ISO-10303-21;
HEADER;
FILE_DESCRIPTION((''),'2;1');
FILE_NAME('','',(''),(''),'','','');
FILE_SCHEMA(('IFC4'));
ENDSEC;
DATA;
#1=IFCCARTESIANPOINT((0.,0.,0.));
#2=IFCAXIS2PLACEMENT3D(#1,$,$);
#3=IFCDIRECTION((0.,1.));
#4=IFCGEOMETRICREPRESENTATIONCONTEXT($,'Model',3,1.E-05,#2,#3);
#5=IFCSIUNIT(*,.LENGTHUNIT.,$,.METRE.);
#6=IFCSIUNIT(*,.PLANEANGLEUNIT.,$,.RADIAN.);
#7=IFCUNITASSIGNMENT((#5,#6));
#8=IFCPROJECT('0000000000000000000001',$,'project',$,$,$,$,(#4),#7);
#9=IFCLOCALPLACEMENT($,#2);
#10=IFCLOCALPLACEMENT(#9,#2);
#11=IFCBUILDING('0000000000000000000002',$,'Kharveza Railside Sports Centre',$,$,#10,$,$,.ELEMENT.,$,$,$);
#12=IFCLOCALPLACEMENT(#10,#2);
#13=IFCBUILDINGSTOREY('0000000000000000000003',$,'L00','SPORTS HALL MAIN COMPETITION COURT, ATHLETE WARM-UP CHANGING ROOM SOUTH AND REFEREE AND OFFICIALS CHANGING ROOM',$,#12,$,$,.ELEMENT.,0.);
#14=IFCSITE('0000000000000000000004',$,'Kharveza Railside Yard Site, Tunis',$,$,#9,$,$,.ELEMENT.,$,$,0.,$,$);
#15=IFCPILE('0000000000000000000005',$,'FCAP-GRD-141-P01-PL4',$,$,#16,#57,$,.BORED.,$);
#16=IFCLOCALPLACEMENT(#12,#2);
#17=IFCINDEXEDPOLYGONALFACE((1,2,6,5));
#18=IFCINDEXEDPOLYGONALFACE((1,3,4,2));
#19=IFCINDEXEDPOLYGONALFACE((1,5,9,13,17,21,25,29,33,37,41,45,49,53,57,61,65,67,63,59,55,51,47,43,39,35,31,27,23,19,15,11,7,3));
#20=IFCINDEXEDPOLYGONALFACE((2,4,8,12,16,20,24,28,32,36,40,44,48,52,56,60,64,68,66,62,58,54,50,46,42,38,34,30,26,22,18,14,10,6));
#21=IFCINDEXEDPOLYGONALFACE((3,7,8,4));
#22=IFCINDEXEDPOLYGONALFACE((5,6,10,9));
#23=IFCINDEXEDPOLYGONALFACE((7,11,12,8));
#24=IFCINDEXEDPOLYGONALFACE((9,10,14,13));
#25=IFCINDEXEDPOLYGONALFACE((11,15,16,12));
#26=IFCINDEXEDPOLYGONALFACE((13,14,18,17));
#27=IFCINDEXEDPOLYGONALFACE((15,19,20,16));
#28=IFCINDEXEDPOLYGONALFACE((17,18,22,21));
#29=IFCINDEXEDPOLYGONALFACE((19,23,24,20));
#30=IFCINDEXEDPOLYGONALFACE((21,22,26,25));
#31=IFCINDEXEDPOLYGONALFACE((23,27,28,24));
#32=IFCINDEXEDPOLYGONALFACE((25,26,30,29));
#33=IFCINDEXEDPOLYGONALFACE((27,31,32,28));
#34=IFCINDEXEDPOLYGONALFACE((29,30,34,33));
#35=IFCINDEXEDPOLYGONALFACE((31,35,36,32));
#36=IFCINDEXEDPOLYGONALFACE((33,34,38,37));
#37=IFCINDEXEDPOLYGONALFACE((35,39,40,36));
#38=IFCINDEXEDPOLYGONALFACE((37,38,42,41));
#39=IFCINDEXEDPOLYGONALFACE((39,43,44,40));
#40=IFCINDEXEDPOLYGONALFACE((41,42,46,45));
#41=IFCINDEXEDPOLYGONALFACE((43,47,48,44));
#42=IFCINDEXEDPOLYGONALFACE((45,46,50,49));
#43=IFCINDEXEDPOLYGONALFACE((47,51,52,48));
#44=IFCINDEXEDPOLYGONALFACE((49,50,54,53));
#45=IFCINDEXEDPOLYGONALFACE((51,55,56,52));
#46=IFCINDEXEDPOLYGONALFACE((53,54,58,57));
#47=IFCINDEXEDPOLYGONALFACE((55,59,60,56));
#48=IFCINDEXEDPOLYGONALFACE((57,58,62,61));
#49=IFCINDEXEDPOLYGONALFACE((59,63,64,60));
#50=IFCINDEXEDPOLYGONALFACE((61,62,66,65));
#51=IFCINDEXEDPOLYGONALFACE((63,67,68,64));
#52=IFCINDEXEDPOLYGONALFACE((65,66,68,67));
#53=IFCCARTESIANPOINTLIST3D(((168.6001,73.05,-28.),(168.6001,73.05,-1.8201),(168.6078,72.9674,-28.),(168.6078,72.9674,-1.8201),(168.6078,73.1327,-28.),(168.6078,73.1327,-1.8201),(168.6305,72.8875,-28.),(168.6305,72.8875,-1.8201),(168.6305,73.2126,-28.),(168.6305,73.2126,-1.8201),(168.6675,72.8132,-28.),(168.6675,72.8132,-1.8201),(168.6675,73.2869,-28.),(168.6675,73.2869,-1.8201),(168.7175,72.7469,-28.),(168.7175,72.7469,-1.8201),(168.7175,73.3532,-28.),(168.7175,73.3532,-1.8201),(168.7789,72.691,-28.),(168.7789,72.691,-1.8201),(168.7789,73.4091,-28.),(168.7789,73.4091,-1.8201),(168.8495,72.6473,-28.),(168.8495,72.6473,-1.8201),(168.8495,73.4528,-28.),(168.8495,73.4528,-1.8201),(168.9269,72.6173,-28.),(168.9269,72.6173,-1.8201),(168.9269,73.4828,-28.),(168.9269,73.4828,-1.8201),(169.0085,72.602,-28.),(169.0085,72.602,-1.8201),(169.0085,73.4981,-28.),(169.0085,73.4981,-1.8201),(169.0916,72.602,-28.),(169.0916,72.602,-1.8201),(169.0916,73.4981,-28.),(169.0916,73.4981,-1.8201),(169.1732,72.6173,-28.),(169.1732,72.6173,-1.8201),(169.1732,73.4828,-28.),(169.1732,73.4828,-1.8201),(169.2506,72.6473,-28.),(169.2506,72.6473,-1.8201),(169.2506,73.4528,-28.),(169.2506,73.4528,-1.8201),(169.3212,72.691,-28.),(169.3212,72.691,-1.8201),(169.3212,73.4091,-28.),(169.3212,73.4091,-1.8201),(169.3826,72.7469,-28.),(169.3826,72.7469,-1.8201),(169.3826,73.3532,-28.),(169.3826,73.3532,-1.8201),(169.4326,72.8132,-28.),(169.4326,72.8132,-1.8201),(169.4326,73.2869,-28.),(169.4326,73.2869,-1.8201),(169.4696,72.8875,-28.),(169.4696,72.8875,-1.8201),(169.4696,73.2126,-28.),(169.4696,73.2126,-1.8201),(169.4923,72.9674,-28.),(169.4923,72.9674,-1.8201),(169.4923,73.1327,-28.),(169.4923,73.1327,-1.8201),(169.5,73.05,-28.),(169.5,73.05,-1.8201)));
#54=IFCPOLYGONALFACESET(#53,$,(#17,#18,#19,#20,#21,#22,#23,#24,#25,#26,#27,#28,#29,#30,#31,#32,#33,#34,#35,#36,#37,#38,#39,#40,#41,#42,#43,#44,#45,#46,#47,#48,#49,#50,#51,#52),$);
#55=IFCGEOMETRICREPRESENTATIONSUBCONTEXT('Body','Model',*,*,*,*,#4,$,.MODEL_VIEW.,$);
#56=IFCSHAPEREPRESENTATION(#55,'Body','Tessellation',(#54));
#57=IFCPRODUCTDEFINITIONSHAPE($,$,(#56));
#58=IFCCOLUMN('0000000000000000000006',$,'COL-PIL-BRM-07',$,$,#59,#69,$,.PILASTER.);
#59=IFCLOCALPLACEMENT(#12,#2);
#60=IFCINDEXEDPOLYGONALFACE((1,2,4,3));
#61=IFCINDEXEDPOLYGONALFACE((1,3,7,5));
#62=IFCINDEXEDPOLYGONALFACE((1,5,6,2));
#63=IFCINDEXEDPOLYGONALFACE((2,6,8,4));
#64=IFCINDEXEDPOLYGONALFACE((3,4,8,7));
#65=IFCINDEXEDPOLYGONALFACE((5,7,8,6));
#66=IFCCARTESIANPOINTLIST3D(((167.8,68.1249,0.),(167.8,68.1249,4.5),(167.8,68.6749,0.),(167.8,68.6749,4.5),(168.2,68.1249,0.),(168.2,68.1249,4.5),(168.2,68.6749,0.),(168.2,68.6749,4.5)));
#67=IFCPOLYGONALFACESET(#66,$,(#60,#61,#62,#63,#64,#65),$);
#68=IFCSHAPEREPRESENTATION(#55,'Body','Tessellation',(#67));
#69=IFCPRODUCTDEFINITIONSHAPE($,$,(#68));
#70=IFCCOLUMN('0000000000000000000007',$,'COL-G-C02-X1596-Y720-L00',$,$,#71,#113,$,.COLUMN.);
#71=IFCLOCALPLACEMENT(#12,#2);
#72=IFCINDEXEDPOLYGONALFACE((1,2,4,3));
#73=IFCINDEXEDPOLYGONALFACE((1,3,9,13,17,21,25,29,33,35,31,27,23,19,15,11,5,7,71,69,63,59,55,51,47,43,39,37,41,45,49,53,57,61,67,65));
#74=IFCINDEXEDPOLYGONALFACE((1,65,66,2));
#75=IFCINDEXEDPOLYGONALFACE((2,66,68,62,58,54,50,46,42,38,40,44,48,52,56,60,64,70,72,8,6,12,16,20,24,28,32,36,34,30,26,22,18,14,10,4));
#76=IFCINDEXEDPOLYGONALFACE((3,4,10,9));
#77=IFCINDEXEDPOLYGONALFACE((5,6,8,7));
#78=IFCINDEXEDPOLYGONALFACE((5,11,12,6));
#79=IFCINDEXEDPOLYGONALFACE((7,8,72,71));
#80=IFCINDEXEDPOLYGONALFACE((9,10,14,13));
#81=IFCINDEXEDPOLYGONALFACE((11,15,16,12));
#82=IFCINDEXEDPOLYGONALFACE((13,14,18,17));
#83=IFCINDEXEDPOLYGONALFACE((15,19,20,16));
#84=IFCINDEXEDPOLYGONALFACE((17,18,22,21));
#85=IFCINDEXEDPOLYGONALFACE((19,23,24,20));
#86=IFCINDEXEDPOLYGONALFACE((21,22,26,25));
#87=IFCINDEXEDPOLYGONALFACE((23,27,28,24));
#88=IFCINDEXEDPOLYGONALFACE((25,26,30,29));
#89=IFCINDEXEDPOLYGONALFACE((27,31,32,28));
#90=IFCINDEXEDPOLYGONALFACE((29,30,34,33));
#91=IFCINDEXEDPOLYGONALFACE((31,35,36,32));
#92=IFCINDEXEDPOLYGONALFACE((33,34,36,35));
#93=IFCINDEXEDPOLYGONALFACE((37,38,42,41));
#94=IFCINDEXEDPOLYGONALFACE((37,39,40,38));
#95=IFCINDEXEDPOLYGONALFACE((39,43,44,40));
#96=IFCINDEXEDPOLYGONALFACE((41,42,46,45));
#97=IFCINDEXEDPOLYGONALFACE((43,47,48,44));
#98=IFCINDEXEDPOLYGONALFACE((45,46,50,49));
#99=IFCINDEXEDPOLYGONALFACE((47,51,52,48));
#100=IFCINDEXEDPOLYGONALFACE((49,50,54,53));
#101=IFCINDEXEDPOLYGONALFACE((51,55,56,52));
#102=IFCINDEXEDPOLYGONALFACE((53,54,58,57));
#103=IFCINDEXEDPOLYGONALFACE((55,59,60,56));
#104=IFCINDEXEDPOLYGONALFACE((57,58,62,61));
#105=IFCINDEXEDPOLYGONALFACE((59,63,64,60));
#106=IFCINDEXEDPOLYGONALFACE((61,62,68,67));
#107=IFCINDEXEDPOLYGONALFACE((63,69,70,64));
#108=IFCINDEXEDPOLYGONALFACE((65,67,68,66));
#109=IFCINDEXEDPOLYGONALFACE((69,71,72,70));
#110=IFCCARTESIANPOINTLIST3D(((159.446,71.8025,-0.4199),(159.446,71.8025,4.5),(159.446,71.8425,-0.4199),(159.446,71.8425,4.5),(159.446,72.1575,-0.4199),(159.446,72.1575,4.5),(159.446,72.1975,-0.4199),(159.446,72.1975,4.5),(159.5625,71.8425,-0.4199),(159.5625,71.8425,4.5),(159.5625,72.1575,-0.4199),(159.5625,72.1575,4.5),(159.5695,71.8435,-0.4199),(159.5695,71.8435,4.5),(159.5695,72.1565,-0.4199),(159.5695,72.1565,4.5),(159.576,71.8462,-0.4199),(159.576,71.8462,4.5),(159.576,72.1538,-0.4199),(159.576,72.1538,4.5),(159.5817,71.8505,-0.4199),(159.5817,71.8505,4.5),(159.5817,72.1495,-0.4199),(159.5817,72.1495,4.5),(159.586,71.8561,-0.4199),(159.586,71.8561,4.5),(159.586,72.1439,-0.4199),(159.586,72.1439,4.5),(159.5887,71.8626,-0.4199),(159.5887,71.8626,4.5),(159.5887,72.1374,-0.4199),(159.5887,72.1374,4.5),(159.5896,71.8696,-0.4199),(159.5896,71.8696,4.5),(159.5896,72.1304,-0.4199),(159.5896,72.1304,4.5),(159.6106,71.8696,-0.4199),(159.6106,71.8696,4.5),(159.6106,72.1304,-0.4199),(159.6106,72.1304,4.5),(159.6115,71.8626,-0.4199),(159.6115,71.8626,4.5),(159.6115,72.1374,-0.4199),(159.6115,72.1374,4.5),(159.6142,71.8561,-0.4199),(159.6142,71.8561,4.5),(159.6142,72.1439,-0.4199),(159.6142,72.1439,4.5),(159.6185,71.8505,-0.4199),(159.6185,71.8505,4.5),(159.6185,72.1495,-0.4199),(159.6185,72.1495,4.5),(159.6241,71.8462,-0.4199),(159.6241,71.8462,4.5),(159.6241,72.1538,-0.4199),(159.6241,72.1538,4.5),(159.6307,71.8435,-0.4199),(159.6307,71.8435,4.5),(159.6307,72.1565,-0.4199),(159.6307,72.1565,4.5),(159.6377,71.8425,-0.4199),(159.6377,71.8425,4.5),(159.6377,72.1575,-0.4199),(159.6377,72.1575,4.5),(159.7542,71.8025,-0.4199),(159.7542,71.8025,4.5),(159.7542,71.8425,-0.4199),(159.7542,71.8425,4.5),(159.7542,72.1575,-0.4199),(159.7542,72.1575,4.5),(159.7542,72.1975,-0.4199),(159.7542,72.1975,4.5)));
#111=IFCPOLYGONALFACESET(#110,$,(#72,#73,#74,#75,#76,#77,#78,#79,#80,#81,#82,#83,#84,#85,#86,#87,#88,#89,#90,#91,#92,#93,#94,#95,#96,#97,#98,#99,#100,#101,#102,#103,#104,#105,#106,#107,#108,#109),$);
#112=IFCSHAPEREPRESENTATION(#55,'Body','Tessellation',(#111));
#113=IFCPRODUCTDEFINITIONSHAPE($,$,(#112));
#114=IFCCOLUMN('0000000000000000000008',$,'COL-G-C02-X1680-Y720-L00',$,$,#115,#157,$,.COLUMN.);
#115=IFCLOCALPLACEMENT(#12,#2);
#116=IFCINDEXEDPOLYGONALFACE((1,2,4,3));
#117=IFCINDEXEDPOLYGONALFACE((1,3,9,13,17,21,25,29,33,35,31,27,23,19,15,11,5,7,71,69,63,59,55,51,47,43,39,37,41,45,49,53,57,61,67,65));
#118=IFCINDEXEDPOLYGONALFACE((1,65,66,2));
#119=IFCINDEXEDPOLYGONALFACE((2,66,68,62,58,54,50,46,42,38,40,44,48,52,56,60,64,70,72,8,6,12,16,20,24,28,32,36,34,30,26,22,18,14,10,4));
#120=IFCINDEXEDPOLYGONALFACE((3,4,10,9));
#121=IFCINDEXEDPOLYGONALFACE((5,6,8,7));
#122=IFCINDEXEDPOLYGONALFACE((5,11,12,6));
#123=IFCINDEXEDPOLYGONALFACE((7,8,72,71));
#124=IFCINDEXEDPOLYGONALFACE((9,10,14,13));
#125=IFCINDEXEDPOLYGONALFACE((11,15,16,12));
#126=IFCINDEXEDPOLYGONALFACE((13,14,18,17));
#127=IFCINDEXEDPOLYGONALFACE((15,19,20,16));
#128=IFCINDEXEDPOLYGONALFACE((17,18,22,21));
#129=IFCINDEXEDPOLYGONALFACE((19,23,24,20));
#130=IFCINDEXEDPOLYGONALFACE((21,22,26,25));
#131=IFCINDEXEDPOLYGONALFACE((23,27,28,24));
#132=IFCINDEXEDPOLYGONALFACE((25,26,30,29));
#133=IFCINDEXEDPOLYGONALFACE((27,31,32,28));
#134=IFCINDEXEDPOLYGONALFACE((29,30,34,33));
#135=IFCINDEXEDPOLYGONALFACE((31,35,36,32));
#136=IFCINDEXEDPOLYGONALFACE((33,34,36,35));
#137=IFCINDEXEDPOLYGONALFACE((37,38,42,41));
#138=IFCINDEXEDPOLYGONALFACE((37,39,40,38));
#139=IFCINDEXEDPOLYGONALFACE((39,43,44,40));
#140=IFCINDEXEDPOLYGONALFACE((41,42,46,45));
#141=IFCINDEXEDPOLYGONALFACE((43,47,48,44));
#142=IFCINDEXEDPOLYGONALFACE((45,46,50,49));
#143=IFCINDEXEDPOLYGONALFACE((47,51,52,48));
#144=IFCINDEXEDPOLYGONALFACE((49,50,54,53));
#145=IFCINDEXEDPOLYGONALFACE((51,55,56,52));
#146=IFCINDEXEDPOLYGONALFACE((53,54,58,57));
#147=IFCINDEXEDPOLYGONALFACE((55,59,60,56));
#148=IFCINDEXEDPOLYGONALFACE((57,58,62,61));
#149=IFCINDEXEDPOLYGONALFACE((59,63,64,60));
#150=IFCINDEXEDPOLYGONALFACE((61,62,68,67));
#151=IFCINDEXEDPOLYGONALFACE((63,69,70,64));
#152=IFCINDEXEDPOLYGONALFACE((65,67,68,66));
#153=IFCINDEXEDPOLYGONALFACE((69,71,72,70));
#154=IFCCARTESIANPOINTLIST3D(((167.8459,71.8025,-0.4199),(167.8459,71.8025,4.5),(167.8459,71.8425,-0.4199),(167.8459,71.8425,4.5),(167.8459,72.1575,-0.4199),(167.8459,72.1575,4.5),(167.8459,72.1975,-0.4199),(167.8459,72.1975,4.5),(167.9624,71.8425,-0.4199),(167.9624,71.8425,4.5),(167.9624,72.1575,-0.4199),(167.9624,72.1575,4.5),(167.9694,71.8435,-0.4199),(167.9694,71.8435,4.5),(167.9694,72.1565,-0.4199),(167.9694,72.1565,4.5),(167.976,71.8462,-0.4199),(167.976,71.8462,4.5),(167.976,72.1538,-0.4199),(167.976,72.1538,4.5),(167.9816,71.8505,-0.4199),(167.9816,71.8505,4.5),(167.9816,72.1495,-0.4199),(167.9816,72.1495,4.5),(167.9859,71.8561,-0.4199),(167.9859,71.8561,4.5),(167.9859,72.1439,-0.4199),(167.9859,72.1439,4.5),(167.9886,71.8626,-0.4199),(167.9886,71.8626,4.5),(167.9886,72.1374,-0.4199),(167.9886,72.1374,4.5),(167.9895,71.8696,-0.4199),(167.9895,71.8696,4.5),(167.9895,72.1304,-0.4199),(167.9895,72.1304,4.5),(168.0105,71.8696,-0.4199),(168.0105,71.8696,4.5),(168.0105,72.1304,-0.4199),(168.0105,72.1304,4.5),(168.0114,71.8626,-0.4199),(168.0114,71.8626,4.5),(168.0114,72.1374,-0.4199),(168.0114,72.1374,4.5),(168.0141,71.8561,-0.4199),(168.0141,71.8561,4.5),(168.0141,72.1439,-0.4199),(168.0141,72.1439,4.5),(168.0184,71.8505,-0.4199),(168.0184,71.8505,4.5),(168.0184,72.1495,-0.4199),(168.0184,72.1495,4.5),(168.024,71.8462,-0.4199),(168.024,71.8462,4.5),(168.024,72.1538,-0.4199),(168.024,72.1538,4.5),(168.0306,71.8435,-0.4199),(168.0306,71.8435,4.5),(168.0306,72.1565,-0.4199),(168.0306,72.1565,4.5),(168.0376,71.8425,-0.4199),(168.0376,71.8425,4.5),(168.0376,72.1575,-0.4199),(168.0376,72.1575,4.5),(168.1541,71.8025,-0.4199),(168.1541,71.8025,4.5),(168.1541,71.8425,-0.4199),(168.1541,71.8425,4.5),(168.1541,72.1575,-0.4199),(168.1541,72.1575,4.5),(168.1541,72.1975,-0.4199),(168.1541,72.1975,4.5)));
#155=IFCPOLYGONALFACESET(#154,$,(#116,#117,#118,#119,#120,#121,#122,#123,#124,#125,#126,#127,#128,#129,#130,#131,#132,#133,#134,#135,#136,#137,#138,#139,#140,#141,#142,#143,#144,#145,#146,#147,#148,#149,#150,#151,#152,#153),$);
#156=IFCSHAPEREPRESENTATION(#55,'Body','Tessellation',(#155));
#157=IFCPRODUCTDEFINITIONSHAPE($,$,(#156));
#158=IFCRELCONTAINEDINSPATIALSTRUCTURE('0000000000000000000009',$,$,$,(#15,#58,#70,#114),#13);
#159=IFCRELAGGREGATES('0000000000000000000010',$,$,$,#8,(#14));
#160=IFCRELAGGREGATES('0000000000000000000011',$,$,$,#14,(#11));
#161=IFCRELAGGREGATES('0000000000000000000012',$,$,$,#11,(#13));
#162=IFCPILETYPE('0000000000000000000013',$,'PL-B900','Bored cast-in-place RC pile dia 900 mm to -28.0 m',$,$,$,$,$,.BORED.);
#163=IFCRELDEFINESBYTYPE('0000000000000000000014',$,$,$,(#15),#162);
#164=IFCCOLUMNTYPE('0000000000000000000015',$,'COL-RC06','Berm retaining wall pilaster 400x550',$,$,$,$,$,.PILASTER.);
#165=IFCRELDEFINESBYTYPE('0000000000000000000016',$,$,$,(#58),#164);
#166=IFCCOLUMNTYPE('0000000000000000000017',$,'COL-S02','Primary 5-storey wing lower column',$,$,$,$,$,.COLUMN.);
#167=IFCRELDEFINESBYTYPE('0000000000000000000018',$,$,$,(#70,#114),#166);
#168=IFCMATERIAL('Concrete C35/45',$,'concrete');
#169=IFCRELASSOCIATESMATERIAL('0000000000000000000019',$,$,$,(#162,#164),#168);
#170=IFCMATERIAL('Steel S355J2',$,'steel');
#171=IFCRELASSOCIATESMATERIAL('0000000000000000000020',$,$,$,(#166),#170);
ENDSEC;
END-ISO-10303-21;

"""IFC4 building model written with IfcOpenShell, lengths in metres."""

from ifc_helpers import new_model, si_unit, direction, frame, origin, origin_2d, place, context, subcontext, project, spatial, rectangle, circle, i_section, extrude, material, material_profile, profile_set, type_object, element, save


model = new_model("IFC4")

# Units and contexts
model_context = context("Model", 3, precision=1e-05, world=origin(), true_north=direction((0.0, 1.0)))
body_context = subcontext(model_context, "Body", "Model", "MODEL_VIEW")
ifc_project = project(units=[si_unit("LENGTHUNIT", "METRE"), si_unit("PLANEANGLEUNIT", "RADIAN")], contexts=[model_context])

# Site, building, storey
site_placement = place(None, origin())
site = spatial("IfcSite", under=ifc_project, at=site_placement, Name="Kharveza Railside Yard Site, Tunis", CompositionType="ELEMENT", RefElevation=0.0)
building_placement = place(site_placement, origin())
building = spatial("IfcBuilding", under=site, at=building_placement, Name="Kharveza Railside Sports Centre", CompositionType="ELEMENT")
storey_placement = place(building_placement, origin())
storey = spatial("IfcBuildingStorey", under=building, at=storey_placement, Name="L00", Description="SPORTS HALL MAIN COMPETITION COURT, ATHLETE WARM-UP CHANGING ROOM SOUTH AND REFEREE AND OFFICIALS CHANGING ROOM", CompositionType="ELEMENT", Elevation=0.0)

# Shared definitions
ifc_material_1 = material(Name="Concrete C35/45", Category="concrete")

# Pile
ifc_material_profile_1 = material_profile(ifc_material_1, circle(Radius=0.45, at=origin_2d()), Name="PILE D900")
ifc_profile_set_1 = profile_set([ifc_material_profile_1], Name="Concrete C35/45")
pile_type_1 = type_object("IfcPileType", Name="PL-B900", Description="Bored cast-in-place RC pile dia 900 mm to -28.0 m", PredefinedType="BORED", material=ifc_profile_set_1)
for number, where, z_axis, x_axis, name in (
    (1, (169.05, 73.05, -1.8201), (0.0, 0.0, -1.0), (1.0, 0.0, 0.0), "FCAP-GRD-141-P01-PL4"),
):
    element("IfcPile", number, at=place(storey_placement, frame(where, z_axis=z_axis, x_axis=x_axis)), inside=storey, type_object=pile_type_1, Name=name, PredefinedType="BORED", context=body_context, shape_type="SweptSolid", body=[
        extrude(circle(Radius=0.45, at=origin_2d()), origin(), (0.0, 0.0, 1.0), 26.1799),
    ])

# Columns
ifc_material_profile_2 = material_profile(ifc_material_1, rectangle(XDim=0.3999, YDim=0.55, at=origin_2d()), Name="RC 400x550")
ifc_profile_set_2 = profile_set([ifc_material_profile_2], Name="Concrete C35/45")
column_type_1 = type_object("IfcColumnType", Name="COL-RC06", Description="Berm retaining wall pilaster 400x550", PredefinedType="PILASTER", material=ifc_profile_set_2)
column_placement = place(storey_placement, frame((168.0, 68.3999, 0.0), z_axis=(0.0, 0.0, 1.0), x_axis=(1.0, 0.0, 0.0)))
element("IfcColumn", 2, at=column_placement, inside=storey, type_object=column_type_1, Name="COL-PIL-BRM-07", PredefinedType="PILASTER", context=body_context, shape_type="SweptSolid", body=[
    extrude(rectangle(XDim=0.3999, YDim=0.55, at=origin_2d()), origin(), (0.0, 0.0, 1.0), 4.5),
])
ifc_material_2 = material(Name="Steel S355J2", Category="steel")
ifc_material_profile_3 = material_profile(ifc_material_2, i_section(OverallWidth=0.3081, OverallDepth=0.395, WebThickness=0.021, FlangeThickness=0.04, FilletRadius=0.0271, at=origin_2d()), Name="HEM 360")
ifc_profile_set_3 = profile_set([ifc_material_profile_3], Name="Steel S355J2")
column_type_2 = type_object("IfcColumnType", Name="COL-S02", Description="Primary 5-storey wing lower column", PredefinedType="COLUMN", material=ifc_profile_set_3)
for number, where, z_axis, x_axis, name in (
    (3, (159.6001, 72.0, -0.4199), (0.0, 0.0, 1.0), (1.0, 0.0, 0.0), "COL-G-C02-X1596-Y720-L00"),
    (4, (168.0, 72.0, -0.4199), (0.0, 0.0, 1.0), (1.0, 0.0, 0.0), "COL-G-C02-X1680-Y720-L00"),
):
    element("IfcColumn", number, at=place(storey_placement, frame(where, z_axis=z_axis, x_axis=x_axis)), inside=storey, type_object=column_type_2, Name=name, PredefinedType="COLUMN", context=body_context, shape_type="SweptSolid", body=[
        extrude(i_section(OverallWidth=0.3081, OverallDepth=0.395, WebThickness=0.021, FlangeThickness=0.04, FilletRadius=0.0271, at=origin_2d()), origin(), (0.0, 0.0, 1.0), 4.9199),
    ])

save(model, "model.ifc")
